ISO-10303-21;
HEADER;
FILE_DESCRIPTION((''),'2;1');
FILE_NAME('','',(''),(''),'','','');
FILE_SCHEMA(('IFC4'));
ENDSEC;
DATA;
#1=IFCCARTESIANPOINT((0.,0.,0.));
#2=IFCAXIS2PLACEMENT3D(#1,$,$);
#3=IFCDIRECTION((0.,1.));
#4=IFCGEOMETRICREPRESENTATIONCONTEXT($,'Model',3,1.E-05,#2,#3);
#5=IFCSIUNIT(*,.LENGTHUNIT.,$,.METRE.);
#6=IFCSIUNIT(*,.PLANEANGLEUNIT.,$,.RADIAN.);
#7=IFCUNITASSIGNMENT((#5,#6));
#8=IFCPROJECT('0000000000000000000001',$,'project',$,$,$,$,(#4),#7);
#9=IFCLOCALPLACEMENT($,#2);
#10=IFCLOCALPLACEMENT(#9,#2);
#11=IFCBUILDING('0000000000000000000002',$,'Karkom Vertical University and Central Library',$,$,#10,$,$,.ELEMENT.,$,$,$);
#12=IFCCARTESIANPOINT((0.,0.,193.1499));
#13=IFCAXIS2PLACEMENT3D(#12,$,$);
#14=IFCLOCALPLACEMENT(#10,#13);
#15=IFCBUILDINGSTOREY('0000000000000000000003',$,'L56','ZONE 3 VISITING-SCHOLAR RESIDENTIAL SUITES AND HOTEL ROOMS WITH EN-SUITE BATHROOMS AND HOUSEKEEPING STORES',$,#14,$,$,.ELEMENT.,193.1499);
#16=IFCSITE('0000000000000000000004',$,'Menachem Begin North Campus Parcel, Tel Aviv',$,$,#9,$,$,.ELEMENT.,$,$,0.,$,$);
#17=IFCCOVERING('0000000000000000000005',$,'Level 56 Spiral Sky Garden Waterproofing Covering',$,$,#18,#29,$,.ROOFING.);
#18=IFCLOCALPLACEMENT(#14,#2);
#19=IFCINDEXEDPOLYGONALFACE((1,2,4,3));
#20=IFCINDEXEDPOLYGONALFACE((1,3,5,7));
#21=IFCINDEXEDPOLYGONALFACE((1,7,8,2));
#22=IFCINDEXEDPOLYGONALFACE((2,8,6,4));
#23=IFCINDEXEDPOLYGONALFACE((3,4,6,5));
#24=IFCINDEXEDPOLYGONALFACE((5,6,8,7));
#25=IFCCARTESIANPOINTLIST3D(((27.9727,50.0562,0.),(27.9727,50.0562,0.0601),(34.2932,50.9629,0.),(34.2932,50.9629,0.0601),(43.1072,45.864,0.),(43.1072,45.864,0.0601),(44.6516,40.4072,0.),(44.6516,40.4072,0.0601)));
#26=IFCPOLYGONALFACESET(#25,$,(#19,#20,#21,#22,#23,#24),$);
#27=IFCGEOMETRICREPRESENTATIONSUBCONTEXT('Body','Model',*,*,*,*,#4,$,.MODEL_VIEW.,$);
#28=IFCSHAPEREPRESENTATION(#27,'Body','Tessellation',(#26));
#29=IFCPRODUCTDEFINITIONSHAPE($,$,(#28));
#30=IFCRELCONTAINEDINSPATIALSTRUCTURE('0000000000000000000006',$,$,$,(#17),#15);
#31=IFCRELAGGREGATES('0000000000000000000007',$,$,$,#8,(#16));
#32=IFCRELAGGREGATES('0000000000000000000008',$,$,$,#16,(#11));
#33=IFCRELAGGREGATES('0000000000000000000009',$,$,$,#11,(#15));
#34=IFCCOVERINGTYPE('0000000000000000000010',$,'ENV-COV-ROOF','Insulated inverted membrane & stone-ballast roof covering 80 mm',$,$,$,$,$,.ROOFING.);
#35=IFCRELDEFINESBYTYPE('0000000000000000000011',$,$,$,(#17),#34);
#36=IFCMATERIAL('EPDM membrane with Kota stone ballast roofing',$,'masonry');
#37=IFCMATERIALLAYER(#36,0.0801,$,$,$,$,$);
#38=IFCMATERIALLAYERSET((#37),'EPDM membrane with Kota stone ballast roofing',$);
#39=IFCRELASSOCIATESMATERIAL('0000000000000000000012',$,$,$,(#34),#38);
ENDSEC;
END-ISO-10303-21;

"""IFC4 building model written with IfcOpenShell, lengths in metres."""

from ifc_helpers import new_model, si_unit, direction, frame, origin, place, context, subcontext, project, spatial, polyline, outline, extrude, material, layer, layer_set, type_object, element, save


model = new_model("IFC4")

# Units and contexts
model_context = context("Model", 3, precision=1e-05, world=origin(), true_north=direction((0.0, 1.0)))
body_context = subcontext(model_context, "Body", "Model", "MODEL_VIEW")
ifc_project = project(units=[si_unit("LENGTHUNIT", "METRE"), si_unit("PLANEANGLEUNIT", "RADIAN")], contexts=[model_context])

# Site, building, storey
site_placement = place(None, origin())
site = spatial("IfcSite", under=ifc_project, at=site_placement, Name="Menachem Begin North Campus Parcel, Tel Aviv", CompositionType="ELEMENT", RefElevation=0.0)
building_placement = place(site_placement, origin())
building = spatial("IfcBuilding", under=site, at=building_placement, Name="Karkom Vertical University and Central Library", CompositionType="ELEMENT")
storey_placement = place(building_placement, frame((0.0, 0.0, 193.1499)))
storey = spatial("IfcBuildingStorey", under=building, at=storey_placement, Name="L56", Description="ZONE 3 VISITING-SCHOLAR RESIDENTIAL SUITES AND HOTEL ROOMS WITH EN-SUITE BATHROOMS AND HOUSEKEEPING STORES", CompositionType="ELEMENT", Elevation=193.1499)

# Covering
ifc_material_1 = material(Name="EPDM membrane with Kota stone ballast roofing", Category="masonry")
ifc_layer_1 = layer(ifc_material_1, 0.0801)
ifc_layer_set_1 = layer_set([ifc_layer_1], Name="EPDM membrane with Kota stone ballast roofing")
covering_type = type_object("IfcCoveringType", Name="ENV-COV-ROOF", Description="Insulated inverted membrane & stone-ballast roof covering 80 mm", PredefinedType="ROOFING", material=ifc_layer_set_1)
covering_placement = place(storey_placement, origin())
element("IfcCovering", 1, at=covering_placement, inside=storey, type_object=covering_type, Name="Level 56 Spiral Sky Garden Waterproofing Covering", PredefinedType="ROOFING", context=body_context, shape_type="SweptSolid", body=[
    extrude(outline(polyline([(44.6516, 40.4072), (43.1072, 45.864), (34.2932, 50.9629), (27.9727, 50.0562), (44.6516, 40.4072)])), origin(), (0.0, 0.0, 1.0), 0.0601),
])

save(model, "model.ifc")
